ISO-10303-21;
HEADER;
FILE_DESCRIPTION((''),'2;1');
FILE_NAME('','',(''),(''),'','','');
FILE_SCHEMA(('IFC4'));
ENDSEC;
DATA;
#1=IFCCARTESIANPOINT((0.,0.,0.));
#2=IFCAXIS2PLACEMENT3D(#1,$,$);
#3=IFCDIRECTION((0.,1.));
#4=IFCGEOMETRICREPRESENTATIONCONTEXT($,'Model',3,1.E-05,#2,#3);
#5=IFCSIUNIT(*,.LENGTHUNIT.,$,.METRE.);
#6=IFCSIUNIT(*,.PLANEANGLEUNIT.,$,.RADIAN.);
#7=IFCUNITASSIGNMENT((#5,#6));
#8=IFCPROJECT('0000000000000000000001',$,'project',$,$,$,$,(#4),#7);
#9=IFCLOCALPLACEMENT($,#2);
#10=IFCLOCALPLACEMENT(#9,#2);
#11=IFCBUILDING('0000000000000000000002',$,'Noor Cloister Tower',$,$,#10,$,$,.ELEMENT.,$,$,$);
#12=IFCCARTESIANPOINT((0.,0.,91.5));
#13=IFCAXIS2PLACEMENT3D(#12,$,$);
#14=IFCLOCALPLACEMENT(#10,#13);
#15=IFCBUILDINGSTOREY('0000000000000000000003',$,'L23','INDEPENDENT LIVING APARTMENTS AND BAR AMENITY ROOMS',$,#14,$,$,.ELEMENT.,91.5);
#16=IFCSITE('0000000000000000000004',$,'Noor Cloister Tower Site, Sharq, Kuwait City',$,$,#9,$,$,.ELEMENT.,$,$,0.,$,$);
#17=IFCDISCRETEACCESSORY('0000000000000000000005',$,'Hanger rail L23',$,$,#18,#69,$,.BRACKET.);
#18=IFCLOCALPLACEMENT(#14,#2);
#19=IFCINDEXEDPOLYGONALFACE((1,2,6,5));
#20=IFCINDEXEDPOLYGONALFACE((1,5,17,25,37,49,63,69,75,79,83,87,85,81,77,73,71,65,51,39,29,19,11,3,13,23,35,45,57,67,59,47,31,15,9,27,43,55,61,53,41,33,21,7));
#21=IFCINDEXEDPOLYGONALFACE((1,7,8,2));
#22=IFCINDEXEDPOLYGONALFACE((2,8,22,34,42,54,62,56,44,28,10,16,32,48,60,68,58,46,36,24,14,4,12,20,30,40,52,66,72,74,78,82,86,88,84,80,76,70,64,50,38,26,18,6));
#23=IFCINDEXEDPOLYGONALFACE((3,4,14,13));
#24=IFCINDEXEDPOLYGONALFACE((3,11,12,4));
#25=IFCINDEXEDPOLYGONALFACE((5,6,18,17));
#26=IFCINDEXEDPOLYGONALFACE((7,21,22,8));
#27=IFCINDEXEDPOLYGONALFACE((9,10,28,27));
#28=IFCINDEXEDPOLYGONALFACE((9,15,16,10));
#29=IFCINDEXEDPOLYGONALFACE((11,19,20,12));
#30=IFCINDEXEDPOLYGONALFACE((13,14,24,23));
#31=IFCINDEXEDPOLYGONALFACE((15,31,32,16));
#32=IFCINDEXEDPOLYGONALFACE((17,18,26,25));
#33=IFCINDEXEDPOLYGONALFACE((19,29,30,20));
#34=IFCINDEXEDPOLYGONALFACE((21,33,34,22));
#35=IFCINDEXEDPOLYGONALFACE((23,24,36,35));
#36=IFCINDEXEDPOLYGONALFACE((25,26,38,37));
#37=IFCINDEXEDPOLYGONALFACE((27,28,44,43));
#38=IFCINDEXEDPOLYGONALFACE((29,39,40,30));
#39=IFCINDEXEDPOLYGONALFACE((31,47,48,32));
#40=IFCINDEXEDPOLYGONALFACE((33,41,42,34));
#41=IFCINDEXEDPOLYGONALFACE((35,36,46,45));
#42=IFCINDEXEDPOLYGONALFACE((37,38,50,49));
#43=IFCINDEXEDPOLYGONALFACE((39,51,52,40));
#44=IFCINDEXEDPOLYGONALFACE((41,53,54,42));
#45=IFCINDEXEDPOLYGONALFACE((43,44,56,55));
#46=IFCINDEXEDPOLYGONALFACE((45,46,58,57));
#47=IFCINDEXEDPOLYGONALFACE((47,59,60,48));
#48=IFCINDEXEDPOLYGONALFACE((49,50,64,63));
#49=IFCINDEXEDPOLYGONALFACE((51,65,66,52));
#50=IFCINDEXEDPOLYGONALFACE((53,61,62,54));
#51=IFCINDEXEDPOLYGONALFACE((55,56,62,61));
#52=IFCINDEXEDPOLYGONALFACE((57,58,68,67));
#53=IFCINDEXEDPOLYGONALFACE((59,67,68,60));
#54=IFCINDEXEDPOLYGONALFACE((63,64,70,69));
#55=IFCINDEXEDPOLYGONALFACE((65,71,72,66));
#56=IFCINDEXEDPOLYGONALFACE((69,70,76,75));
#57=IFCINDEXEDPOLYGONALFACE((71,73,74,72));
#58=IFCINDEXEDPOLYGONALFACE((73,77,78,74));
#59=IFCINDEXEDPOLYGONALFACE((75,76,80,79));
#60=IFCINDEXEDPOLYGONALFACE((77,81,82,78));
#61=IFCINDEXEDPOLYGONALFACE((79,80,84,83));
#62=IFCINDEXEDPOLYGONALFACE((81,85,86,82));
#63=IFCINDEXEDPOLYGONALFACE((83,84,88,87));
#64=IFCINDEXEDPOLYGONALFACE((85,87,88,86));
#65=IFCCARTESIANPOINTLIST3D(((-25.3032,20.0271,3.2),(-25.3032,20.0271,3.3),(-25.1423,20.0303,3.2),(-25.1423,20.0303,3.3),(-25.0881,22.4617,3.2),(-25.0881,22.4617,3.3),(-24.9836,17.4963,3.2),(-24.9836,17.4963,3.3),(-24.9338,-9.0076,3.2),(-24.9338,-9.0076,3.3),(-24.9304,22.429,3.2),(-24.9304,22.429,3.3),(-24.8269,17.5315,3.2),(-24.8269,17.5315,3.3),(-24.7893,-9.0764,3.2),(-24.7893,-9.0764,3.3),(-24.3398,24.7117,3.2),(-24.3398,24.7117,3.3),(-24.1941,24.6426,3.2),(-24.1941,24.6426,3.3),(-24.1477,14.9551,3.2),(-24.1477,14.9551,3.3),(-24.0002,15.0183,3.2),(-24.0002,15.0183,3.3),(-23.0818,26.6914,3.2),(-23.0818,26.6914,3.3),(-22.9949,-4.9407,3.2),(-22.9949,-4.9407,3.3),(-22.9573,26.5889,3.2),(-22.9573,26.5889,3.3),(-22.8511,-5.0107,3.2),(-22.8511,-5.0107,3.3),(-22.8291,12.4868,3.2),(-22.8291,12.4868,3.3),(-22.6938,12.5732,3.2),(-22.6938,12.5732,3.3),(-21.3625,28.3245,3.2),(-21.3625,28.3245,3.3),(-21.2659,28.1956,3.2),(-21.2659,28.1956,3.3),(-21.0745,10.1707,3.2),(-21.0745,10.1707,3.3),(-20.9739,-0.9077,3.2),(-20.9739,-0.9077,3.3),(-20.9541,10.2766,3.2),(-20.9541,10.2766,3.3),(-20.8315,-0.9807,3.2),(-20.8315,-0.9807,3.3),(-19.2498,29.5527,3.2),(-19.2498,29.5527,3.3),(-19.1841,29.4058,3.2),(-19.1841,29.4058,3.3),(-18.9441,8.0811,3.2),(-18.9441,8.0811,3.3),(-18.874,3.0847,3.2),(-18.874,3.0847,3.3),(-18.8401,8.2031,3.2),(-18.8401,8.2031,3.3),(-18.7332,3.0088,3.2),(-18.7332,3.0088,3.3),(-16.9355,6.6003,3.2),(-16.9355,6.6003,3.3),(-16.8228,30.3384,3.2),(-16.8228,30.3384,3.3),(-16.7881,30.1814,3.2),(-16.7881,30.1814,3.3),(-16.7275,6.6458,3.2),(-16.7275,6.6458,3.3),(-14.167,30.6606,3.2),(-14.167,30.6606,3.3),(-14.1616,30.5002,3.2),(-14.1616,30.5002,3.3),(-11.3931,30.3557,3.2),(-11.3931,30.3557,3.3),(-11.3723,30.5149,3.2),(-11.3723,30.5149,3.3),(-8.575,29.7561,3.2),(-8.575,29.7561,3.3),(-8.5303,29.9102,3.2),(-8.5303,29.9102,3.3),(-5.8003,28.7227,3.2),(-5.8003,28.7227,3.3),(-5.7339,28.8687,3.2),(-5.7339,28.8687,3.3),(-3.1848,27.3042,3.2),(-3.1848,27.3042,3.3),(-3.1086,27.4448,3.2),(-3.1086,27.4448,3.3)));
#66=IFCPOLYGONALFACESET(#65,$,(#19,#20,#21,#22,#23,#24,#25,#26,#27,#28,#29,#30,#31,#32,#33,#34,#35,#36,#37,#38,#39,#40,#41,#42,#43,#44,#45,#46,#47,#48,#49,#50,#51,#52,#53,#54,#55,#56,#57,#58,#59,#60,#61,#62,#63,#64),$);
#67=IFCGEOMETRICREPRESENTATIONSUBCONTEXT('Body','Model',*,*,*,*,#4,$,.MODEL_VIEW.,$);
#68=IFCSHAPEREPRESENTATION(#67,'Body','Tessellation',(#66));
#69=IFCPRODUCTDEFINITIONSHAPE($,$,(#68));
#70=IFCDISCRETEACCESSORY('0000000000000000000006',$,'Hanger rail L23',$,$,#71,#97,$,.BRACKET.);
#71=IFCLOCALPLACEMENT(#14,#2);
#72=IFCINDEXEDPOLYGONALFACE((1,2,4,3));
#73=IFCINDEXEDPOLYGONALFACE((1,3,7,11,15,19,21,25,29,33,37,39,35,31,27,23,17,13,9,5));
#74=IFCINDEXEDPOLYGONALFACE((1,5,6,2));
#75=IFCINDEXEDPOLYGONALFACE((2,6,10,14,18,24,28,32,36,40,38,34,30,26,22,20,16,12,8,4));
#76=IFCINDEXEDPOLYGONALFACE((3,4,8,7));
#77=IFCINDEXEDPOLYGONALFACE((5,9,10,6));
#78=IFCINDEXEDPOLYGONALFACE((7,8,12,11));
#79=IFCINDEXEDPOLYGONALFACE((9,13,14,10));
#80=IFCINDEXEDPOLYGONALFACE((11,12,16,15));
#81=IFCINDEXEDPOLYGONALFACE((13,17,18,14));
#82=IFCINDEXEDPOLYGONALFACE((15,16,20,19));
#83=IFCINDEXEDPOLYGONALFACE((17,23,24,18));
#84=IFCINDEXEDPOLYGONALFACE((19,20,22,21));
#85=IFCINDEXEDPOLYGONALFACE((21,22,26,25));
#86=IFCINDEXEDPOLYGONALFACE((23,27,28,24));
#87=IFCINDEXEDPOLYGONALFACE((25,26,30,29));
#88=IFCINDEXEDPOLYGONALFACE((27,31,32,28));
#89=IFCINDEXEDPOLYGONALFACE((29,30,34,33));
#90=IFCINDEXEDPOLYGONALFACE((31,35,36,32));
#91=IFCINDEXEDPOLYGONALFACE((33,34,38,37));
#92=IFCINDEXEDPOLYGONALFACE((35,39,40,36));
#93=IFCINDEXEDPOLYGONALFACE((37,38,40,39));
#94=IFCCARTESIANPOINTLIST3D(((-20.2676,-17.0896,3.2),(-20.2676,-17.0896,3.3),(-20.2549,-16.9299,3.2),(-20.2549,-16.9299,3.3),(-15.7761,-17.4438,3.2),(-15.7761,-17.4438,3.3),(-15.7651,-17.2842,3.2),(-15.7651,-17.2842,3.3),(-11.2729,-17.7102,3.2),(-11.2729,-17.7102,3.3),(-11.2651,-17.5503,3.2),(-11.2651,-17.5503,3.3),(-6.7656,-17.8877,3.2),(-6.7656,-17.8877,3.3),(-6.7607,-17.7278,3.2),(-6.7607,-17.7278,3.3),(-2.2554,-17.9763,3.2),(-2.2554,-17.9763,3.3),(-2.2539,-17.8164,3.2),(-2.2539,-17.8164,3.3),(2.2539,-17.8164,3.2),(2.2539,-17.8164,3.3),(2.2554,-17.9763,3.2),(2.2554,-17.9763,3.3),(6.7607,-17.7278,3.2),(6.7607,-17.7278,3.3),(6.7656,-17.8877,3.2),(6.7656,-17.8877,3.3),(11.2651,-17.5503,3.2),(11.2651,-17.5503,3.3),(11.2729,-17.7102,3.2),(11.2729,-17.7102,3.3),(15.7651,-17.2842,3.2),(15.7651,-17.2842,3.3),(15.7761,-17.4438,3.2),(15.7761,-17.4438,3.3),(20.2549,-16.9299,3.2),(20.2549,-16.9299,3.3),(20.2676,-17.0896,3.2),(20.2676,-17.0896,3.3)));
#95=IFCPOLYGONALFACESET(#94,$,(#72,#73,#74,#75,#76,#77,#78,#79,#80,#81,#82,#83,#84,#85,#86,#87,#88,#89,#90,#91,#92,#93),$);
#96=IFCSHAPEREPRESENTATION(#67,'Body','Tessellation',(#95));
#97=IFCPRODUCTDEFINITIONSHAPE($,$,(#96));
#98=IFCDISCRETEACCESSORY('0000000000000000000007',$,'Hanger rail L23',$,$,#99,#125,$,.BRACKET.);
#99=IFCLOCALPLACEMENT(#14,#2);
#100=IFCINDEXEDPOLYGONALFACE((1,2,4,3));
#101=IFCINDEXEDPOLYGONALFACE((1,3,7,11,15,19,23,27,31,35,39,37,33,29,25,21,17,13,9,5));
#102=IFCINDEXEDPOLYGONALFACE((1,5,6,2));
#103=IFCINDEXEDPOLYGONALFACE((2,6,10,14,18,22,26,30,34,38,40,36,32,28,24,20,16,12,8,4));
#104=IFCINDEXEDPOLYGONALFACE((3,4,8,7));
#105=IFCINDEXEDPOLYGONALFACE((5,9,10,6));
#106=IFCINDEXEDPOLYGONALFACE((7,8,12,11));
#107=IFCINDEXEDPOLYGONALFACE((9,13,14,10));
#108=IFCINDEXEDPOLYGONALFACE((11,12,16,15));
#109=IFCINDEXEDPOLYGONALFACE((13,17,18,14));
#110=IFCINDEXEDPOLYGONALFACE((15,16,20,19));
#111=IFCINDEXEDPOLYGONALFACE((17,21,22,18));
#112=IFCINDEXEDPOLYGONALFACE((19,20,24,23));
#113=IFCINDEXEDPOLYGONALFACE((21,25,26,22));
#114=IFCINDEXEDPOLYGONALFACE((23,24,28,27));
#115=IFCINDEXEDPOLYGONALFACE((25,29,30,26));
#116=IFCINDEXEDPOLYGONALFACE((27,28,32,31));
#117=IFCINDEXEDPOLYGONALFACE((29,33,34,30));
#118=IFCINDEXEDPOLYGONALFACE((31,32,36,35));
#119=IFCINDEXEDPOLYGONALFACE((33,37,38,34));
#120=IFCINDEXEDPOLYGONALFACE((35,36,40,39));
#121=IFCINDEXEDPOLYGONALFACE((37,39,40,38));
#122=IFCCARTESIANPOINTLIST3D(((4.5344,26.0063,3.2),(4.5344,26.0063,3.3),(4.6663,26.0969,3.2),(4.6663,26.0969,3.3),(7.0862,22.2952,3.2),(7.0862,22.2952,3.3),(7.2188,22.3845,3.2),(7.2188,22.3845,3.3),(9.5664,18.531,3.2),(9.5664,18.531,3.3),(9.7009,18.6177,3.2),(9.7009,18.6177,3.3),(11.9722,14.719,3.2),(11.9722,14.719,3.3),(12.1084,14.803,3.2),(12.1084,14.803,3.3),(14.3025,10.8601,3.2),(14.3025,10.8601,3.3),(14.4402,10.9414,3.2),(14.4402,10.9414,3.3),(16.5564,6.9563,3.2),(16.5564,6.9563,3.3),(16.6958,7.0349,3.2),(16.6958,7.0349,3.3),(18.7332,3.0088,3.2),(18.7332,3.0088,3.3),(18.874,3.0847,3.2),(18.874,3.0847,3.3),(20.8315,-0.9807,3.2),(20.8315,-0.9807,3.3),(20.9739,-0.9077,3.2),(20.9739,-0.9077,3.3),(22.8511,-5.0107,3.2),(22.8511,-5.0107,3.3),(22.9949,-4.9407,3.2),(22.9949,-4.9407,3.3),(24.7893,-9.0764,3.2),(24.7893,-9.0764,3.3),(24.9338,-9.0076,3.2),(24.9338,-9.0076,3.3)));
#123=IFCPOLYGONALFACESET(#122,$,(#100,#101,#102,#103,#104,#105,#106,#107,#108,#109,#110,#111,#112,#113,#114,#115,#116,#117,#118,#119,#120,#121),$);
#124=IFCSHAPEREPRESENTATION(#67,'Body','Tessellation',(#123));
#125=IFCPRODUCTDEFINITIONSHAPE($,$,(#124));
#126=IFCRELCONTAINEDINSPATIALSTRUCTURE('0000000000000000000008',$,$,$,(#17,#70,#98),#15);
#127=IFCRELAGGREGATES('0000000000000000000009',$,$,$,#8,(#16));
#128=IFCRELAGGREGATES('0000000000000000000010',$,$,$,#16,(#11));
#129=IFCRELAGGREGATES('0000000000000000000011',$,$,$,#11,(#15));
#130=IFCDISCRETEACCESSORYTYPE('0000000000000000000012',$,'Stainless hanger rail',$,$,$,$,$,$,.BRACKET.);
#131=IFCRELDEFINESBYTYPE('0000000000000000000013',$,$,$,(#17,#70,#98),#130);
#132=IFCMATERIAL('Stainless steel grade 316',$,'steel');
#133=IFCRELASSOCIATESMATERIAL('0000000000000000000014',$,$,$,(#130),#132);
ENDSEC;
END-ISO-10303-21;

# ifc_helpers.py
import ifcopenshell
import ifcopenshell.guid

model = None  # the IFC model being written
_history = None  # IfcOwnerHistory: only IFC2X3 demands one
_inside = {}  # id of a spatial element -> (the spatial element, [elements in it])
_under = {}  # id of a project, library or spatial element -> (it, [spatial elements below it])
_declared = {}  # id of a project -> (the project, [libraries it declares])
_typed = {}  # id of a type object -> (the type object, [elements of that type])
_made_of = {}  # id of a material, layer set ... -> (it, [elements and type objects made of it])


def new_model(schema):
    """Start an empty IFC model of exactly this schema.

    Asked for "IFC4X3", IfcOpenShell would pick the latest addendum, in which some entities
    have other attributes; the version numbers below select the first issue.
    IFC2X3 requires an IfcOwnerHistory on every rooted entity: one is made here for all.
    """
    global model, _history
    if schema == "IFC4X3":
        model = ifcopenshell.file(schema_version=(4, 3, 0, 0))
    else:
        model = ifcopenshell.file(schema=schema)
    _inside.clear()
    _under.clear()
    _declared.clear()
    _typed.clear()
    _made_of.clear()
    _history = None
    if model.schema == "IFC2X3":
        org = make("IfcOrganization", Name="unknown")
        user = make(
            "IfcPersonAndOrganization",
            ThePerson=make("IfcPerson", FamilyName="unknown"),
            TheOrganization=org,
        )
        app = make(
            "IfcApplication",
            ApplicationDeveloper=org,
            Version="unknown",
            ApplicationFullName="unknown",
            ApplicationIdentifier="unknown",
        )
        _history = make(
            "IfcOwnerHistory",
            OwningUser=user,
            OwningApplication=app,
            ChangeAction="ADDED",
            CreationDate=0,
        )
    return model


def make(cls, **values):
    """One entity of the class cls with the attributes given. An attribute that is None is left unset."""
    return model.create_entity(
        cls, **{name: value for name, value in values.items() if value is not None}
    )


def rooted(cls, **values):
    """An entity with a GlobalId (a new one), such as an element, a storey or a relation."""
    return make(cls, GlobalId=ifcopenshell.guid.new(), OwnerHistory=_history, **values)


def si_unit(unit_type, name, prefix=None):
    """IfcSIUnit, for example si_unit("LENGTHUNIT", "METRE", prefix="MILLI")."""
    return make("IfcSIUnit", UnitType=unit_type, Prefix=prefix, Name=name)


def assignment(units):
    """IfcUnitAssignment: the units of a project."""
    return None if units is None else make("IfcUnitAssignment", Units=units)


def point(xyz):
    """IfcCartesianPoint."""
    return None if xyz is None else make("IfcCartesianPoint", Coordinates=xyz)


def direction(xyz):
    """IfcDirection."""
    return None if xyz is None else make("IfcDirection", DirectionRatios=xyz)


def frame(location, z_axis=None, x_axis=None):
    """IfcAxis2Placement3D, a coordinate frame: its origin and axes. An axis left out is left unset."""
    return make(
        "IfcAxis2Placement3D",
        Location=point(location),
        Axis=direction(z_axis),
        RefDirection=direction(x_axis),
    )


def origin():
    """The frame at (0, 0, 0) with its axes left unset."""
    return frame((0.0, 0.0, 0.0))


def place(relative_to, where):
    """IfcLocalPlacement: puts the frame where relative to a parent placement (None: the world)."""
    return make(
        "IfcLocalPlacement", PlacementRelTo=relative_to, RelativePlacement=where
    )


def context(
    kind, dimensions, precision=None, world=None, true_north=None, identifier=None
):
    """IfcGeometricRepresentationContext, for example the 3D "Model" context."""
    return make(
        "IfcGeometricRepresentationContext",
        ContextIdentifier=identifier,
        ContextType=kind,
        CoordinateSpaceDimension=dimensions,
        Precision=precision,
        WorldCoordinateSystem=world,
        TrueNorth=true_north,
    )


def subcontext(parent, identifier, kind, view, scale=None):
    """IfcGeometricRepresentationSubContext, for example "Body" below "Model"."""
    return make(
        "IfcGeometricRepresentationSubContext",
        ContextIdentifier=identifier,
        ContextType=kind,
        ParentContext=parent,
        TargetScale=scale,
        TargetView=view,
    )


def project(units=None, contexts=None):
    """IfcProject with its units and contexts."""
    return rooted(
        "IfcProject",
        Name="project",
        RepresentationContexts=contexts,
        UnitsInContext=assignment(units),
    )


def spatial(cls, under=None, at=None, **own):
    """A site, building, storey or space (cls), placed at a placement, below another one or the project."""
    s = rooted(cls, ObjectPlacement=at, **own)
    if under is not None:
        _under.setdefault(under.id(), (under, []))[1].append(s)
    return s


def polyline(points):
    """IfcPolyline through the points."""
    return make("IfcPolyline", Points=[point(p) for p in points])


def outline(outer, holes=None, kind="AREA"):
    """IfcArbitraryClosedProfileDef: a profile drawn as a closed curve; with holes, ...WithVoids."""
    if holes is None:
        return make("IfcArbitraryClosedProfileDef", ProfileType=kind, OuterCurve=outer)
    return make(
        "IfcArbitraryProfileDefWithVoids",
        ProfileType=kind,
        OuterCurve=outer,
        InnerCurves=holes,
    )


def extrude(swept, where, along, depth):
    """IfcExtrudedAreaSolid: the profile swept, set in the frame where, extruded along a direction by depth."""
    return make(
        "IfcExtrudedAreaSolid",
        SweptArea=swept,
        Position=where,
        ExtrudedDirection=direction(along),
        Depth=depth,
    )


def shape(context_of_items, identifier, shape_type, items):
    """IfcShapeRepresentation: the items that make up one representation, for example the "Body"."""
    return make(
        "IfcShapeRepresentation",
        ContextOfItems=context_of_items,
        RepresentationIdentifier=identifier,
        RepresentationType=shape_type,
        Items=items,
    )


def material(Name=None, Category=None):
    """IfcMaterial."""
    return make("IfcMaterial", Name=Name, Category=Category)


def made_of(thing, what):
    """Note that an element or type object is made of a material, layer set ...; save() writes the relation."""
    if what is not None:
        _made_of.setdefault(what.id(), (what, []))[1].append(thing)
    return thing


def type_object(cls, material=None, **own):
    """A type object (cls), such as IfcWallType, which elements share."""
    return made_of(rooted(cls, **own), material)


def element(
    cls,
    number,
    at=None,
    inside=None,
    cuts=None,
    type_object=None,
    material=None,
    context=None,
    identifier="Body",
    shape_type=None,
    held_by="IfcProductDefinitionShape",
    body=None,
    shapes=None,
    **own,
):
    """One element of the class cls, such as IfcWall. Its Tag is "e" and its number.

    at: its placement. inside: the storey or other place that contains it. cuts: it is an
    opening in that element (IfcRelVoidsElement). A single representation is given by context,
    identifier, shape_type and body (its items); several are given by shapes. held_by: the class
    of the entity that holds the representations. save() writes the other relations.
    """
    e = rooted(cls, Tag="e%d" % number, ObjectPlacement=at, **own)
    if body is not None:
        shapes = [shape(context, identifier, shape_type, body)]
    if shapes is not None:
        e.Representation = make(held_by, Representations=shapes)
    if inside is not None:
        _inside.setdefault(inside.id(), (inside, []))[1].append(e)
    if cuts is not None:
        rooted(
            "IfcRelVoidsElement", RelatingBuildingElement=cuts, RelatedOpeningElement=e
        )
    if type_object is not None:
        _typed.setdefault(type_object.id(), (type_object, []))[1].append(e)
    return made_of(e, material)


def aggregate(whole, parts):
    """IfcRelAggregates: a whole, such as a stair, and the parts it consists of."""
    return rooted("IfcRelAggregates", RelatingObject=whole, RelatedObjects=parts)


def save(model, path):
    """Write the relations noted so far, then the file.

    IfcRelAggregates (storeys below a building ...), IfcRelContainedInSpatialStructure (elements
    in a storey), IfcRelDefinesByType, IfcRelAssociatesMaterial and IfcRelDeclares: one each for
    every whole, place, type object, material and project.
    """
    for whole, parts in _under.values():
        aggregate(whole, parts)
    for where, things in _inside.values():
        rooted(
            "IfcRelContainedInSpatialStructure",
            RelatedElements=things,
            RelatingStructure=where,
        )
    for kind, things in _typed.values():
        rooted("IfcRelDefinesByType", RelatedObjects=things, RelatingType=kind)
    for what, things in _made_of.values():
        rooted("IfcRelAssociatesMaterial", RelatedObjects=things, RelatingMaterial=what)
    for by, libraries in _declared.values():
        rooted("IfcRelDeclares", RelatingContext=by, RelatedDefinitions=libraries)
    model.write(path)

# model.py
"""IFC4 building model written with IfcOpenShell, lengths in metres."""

from ifc_helpers import new_model, si_unit, direction, frame, origin, place, context, subcontext, project, spatial, polyline, outline, extrude, material, type_object, element, save


model = new_model("IFC4")

# Units and contexts
model_context = context("Model", 3, precision=1e-05, world=origin(), true_north=direction((0.0, 1.0)))
body_context = subcontext(model_context, "Body", "Model", "MODEL_VIEW")
ifc_project = project(units=[si_unit("LENGTHUNIT", "METRE"), si_unit("PLANEANGLEUNIT", "RADIAN")], contexts=[model_context])

# Site, building, storey
site_placement = place(None, origin())
site = spatial("IfcSite", under=ifc_project, at=site_placement, Name="Noor Cloister Tower Site, Sharq, Kuwait City", CompositionType="ELEMENT", RefElevation=0.0)
building_placement = place(site_placement, origin())
building = spatial("IfcBuilding", under=site, at=building_placement, Name="Noor Cloister Tower", CompositionType="ELEMENT")
storey_placement = place(building_placement, frame((0.0, 0.0, 91.5)))
storey = spatial("IfcBuildingStorey", under=building, at=storey_placement, Name="L23", Description="INDEPENDENT LIVING APARTMENTS AND BAR AMENITY ROOMS", CompositionType="ELEMENT", Elevation=91.5)

# Discrete accessories
ifc_material_1 = material(Name="Stainless steel grade 316", Category="steel")
discrete_accessory_type = type_object("IfcDiscreteAccessoryType", Name="Stainless hanger rail", PredefinedType="BRACKET", material=ifc_material_1)
discrete_accessory_1_placement = place(storey_placement, frame((0.0, 0.0, 3.2)))
element("IfcDiscreteAccessory", 1, at=discrete_accessory_1_placement, inside=storey, type_object=discrete_accessory_type, Name="Hanger rail L23", PredefinedType="BRACKET", context=body_context, shape_type="SweptSolid", body=[
    extrude(outline(polyline([(-3.1086, 27.4448), (-5.7339, 28.8687), (-8.5303, 29.9102), (-11.3723, 30.5149), (-14.167, 30.6606), (-16.8228, 30.3384), (-19.2498, 29.5527), (-21.3625, 28.3245), (-23.0818, 26.6914), (-24.3398, 24.7117), (-25.0881, 22.4617), (-25.3032, 20.0271), (-24.9836, 17.4963), (-24.1477, 14.9551), (-22.8291, 12.4868), (-21.0745, 10.1707), (-18.9441, 8.0811), (-16.9355, 6.6003), (-18.874, 3.0847), (-20.9739, -0.9077), (-22.9949, -4.9407), (-24.9338, -9.0076), (-24.7893, -9.0764), (-22.8511, -5.0107), (-20.8315, -0.9807), (-18.7332, 3.0088), (-16.7275, 6.6458), (-18.8401, 8.2031), (-20.9541, 10.2766), (-22.6938, 12.5732), (-24.0002, 15.0183), (-24.8269, 17.5315), (-25.1423, 20.0303), (-24.9304, 22.429), (-24.1941, 24.6426), (-22.9573, 26.5889), (-21.2659, 28.1956), (-19.1841, 29.4058), (-16.7881, 30.1814), (-14.1616, 30.5002), (-11.3931, 30.3557), (-8.575, 29.7561), (-5.8003, 28.7227), (-3.1848, 27.3042), (-3.1086, 27.4448)])), origin(), (0.0, 0.0, 1.0), 0.1001),
])
discrete_accessory_2_placement = place(storey_placement, frame((0.0, 0.0, 3.2)))
element("IfcDiscreteAccessory", 2, at=discrete_accessory_2_placement, inside=storey, type_object=discrete_accessory_type, Name="Hanger rail L23", PredefinedType="BRACKET", context=body_context, shape_type="SweptSolid", body=[
    extrude(outline(polyline([(-20.2676, -17.0896), (-15.7761, -17.4438), (-11.2729, -17.7102), (-6.7656, -17.8877), (-2.2554, -17.9763), (2.2554, -17.9763), (6.7656, -17.8877), (11.2729, -17.7102), (15.7761, -17.4438), (20.2676, -17.0896), (20.2549, -16.9299), (15.7651, -17.2842), (11.2651, -17.5503), (6.7607, -17.7278), (2.2539, -17.8164), (-2.2539, -17.8164), (-6.7607, -17.7278), (-11.2651, -17.5503), (-15.7651, -17.2842), (-20.2549, -16.9299), (-20.2676, -17.0896)])), origin(), (0.0, 0.0, 1.0), 0.1001),
])
discrete_accessory_3_placement = place(storey_placement, frame((0.0, 0.0, 3.2)))
element("IfcDiscreteAccessory", 3, at=discrete_accessory_3_placement, inside=storey, type_object=discrete_accessory_type, Name="Hanger rail L23", PredefinedType="BRACKET", context=body_context, shape_type="SweptSolid", body=[
    extrude(outline(polyline([(24.9338, -9.0076), (22.9949, -4.9407), (20.9739, -0.9077), (18.874, 3.0847), (16.6958, 7.0349), (14.4402, 10.9414), (12.1084, 14.803), (9.7009, 18.6177), (7.2188, 22.3845), (4.6663, 26.0969), (4.5344, 26.0063), (7.0862, 22.2952), (9.5664, 18.531), (11.9722, 14.719), (14.3025, 10.8601), (16.5564, 6.9563), (18.7332, 3.0088), (20.8315, -0.9807), (22.8511, -5.0107), (24.7893, -9.0764), (24.9338, -9.0076)])), origin(), (0.0, 0.0, 1.0), 0.1001),
])

save(model, "model.ifc")
